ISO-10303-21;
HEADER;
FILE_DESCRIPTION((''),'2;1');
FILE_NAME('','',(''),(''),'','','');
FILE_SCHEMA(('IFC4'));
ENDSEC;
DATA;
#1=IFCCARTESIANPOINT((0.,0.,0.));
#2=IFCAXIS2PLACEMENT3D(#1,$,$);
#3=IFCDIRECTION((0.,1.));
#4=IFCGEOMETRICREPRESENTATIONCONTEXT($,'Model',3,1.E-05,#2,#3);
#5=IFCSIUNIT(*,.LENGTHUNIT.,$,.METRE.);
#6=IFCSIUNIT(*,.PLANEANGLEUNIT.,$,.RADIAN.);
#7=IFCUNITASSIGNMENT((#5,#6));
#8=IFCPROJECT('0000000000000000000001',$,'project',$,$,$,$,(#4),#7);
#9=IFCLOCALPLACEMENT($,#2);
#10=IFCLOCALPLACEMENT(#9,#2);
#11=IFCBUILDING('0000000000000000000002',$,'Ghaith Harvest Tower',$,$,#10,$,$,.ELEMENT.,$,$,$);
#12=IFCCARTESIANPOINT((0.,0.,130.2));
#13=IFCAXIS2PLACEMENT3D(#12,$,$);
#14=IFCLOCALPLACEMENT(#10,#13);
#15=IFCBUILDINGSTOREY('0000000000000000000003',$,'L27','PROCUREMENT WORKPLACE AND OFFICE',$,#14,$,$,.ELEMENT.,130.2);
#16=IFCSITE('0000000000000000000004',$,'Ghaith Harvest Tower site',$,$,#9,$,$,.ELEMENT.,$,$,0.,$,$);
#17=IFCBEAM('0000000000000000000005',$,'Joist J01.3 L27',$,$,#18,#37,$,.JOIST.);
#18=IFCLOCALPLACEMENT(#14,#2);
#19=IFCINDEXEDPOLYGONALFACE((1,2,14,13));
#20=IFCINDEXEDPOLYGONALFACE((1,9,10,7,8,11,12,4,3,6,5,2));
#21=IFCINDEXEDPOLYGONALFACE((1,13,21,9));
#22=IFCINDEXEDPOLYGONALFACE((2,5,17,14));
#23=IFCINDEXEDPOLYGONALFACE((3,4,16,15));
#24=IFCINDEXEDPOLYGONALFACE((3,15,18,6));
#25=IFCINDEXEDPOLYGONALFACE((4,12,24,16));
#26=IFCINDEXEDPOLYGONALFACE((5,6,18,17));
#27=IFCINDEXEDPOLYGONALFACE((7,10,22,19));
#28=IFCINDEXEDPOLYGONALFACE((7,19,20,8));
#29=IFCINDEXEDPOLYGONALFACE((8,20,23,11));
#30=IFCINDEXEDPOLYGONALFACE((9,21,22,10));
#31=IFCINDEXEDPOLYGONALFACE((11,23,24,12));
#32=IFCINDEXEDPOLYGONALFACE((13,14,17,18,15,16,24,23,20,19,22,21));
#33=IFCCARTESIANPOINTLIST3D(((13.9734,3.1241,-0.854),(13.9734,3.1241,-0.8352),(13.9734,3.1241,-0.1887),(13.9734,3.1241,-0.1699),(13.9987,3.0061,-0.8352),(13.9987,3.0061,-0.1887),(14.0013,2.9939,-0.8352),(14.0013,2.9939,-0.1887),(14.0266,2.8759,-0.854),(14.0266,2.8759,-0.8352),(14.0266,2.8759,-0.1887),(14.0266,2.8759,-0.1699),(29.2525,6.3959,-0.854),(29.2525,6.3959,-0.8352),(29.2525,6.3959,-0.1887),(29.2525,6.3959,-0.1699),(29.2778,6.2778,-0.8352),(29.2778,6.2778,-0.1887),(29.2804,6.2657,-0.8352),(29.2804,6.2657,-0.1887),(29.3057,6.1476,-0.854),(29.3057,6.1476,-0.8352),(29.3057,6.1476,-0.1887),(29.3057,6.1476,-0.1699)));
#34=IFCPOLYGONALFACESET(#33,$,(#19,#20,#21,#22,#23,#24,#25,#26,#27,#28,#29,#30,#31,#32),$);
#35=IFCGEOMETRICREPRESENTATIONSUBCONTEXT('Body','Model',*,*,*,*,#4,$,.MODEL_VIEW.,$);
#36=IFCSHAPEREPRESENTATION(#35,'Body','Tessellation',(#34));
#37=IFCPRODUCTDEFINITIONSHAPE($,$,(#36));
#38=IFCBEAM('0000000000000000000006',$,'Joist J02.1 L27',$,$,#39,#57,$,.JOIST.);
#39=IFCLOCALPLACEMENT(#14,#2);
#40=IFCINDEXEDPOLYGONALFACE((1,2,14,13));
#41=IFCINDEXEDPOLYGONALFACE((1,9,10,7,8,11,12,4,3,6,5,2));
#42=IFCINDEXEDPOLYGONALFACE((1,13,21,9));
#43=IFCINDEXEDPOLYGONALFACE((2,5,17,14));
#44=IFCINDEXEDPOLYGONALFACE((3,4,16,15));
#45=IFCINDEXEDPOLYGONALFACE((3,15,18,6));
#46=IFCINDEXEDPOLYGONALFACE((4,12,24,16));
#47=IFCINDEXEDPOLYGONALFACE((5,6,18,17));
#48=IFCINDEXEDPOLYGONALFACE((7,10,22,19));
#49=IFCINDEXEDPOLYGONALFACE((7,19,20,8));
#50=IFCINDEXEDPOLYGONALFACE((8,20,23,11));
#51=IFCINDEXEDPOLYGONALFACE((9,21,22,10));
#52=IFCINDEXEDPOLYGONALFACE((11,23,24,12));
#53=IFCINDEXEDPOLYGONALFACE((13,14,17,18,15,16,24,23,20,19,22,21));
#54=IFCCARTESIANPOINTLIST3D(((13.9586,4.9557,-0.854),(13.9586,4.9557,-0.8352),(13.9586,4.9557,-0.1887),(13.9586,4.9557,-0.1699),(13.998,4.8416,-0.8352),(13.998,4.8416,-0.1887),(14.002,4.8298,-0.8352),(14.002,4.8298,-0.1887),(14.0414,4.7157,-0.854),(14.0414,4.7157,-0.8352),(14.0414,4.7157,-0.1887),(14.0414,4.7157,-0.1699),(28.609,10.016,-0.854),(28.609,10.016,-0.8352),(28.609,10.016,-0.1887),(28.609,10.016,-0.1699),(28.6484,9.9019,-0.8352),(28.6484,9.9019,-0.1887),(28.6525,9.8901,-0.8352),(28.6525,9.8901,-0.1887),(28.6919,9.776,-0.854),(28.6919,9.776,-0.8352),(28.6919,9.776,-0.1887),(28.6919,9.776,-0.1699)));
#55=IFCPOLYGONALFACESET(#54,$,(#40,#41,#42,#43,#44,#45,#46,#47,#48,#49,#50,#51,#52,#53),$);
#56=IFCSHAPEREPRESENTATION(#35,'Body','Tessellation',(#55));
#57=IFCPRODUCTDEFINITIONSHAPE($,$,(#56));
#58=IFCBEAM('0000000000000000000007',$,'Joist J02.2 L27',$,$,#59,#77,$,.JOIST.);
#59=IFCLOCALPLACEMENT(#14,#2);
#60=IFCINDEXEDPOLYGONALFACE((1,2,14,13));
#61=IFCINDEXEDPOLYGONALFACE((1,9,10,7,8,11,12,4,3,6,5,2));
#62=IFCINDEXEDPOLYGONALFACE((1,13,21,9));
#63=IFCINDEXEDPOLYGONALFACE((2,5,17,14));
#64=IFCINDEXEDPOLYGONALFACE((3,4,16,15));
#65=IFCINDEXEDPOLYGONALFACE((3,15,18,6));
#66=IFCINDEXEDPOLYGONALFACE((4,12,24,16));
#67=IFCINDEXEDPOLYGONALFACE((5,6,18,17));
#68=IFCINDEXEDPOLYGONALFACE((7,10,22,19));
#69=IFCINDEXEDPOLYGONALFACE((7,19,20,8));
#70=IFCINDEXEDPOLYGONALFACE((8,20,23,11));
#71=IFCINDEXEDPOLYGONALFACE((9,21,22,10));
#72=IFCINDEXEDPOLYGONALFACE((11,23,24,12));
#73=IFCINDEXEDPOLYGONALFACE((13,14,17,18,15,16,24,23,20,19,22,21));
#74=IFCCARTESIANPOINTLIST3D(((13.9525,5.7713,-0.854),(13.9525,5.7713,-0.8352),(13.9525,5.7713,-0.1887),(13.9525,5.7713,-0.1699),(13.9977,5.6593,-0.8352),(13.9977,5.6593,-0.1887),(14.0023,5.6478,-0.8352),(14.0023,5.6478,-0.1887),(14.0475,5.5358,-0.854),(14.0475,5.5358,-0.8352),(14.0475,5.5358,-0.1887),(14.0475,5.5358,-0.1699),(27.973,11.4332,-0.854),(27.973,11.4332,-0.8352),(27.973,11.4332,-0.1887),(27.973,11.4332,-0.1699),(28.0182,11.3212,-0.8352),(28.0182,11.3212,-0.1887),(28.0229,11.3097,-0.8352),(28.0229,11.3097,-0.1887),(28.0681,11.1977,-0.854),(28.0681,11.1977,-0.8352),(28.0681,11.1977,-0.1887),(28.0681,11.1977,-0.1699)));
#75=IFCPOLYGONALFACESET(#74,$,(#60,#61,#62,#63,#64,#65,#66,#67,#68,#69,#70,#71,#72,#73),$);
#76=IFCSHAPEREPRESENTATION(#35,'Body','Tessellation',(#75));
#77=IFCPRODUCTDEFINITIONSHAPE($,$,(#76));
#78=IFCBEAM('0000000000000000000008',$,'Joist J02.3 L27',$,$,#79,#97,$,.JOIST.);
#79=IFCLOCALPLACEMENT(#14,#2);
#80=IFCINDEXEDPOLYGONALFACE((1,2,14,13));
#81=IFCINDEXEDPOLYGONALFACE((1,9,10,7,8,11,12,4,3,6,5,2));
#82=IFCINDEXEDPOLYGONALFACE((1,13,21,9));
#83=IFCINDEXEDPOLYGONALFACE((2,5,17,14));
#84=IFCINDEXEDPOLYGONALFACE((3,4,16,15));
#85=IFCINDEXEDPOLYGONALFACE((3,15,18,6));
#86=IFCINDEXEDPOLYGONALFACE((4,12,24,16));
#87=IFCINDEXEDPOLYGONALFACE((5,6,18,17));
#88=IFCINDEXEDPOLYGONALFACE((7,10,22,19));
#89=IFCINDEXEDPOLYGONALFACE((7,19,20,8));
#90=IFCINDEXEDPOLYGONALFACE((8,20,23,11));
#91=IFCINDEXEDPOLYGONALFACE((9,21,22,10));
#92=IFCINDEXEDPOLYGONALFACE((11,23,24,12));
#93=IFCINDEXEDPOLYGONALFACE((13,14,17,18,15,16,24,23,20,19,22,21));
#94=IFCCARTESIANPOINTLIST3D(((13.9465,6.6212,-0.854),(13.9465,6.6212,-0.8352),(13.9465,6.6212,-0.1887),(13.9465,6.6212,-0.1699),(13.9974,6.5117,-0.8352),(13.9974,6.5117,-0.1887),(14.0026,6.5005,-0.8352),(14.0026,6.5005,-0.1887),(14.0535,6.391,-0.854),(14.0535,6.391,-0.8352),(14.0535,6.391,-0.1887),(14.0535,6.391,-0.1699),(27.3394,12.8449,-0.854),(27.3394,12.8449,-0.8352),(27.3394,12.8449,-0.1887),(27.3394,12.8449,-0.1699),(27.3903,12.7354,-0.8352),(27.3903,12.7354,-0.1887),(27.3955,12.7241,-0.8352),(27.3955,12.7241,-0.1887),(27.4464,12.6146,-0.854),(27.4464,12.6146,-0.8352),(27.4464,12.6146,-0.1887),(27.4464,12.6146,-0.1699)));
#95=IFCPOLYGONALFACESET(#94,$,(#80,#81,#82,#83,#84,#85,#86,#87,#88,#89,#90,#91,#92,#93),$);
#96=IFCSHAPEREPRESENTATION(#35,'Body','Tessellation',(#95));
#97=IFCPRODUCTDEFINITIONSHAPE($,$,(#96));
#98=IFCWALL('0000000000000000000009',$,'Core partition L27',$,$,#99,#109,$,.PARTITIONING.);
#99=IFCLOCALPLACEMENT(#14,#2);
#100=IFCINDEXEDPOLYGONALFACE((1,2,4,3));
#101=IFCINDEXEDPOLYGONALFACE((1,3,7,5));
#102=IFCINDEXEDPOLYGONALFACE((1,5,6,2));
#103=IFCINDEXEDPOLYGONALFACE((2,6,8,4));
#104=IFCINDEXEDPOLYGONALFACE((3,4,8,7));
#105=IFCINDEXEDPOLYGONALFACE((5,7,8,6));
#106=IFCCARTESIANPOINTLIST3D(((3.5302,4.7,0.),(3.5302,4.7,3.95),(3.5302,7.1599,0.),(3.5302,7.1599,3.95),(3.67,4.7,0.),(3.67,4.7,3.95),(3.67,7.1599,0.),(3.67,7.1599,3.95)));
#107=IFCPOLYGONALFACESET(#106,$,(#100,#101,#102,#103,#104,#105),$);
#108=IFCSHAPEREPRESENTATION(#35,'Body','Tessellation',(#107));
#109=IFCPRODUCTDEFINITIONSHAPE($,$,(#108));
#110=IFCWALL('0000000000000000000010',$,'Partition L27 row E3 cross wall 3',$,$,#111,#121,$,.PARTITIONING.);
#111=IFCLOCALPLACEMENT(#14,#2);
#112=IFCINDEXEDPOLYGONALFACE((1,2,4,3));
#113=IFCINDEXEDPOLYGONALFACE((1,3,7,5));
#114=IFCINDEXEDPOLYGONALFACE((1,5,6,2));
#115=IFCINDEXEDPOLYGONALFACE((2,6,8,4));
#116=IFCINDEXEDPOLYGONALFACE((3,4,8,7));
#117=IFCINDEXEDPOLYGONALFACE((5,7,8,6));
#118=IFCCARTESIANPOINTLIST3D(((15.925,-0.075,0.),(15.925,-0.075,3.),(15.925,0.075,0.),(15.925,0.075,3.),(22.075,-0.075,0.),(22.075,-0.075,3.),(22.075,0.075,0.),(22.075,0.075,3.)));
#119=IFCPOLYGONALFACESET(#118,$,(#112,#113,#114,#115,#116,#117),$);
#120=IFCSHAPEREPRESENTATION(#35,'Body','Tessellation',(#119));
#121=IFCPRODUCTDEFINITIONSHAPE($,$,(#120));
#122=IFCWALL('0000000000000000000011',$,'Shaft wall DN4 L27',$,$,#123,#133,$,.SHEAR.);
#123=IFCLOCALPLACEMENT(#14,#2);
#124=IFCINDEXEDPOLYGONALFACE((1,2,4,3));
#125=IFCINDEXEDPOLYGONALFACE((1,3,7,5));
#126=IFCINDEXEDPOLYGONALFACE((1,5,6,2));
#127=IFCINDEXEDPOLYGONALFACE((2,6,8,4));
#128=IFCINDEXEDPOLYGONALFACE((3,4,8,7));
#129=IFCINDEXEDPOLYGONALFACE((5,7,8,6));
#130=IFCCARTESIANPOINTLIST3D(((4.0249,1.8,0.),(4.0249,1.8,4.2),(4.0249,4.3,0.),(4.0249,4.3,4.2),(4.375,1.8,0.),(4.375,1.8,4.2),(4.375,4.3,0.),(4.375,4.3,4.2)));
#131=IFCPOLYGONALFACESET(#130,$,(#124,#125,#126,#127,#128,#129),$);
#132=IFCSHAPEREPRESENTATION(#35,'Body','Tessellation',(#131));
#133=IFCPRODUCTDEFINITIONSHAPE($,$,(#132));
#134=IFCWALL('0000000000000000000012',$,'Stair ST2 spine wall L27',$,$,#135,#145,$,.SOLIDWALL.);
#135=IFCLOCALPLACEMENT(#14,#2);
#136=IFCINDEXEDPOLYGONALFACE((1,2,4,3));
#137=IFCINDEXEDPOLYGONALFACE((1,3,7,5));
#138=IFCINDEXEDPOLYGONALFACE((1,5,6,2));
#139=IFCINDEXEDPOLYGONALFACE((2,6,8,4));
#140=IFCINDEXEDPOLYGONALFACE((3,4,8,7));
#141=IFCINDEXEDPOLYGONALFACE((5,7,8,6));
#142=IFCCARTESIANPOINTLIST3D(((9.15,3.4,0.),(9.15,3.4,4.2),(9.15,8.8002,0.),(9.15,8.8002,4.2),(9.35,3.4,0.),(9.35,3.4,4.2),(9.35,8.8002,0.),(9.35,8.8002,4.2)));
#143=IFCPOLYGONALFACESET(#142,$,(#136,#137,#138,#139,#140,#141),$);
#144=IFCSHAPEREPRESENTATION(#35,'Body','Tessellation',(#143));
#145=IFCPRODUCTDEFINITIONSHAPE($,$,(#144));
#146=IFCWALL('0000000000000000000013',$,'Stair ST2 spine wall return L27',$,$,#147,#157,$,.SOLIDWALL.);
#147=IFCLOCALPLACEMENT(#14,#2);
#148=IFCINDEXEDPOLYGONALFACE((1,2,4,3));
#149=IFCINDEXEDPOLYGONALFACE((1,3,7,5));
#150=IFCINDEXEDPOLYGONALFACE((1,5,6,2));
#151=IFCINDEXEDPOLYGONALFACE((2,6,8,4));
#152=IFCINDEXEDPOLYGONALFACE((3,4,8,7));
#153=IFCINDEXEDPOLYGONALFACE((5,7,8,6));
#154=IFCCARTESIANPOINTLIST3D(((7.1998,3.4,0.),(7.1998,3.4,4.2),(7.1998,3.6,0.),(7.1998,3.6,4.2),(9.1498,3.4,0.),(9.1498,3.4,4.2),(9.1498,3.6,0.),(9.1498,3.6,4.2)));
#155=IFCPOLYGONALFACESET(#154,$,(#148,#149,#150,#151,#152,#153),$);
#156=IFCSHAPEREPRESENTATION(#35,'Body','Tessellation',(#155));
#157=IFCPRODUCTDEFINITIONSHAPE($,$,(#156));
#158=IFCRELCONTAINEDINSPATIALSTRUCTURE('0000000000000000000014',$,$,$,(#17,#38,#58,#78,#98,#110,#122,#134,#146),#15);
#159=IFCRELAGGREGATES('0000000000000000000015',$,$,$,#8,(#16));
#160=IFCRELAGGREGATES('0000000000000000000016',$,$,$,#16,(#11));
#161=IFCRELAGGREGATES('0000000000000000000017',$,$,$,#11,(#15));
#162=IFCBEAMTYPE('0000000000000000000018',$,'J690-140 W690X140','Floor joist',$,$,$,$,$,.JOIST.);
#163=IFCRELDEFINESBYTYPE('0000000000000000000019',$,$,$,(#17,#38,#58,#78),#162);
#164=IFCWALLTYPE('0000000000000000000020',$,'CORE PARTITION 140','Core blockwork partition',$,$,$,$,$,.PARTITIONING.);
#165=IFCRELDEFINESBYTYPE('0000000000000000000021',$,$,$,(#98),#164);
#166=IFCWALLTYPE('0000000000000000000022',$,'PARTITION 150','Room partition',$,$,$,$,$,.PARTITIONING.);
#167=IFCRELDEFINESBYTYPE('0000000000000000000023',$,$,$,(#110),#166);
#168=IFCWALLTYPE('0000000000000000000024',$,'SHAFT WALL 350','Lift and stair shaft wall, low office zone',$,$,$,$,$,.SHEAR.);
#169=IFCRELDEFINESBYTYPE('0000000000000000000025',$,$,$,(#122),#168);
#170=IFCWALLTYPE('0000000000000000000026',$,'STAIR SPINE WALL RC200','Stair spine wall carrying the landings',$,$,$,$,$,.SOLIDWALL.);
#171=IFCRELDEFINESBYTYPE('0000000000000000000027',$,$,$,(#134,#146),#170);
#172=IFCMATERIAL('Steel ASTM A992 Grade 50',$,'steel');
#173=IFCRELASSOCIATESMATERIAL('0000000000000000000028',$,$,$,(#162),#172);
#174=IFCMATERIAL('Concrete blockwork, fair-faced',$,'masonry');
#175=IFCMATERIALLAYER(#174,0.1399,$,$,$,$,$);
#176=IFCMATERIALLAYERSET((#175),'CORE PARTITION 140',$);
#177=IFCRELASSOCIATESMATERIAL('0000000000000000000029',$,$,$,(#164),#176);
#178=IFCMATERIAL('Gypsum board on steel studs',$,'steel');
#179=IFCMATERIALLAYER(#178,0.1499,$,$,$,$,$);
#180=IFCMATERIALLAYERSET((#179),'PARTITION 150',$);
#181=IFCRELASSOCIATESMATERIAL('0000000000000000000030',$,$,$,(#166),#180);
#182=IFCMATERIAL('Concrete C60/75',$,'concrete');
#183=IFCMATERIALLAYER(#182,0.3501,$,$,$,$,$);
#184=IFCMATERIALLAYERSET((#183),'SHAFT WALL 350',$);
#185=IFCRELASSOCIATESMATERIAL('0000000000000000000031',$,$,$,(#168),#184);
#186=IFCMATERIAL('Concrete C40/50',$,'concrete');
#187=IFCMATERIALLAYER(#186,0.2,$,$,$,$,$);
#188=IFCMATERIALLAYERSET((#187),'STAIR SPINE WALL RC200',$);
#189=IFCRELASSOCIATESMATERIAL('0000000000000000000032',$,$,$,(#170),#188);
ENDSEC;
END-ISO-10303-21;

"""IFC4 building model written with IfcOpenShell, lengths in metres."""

from ifc_helpers import new_model, si_unit, direction, frame, frame_2d, origin, origin_2d, place, context, subcontext, project, spatial, rectangle, i_section, extrude, material, layer, layer_set, material_profile, profile_set, type_object, element, save


model = new_model("IFC4")

# Units and contexts
model_context = context("Model", 3, precision=1e-05, world=origin(), true_north=direction((0.0, 1.0)))
body_context = subcontext(model_context, "Body", "Model", "MODEL_VIEW")
ifc_project = project(units=[si_unit("LENGTHUNIT", "METRE"), si_unit("PLANEANGLEUNIT", "RADIAN")], contexts=[model_context])

# Site, building, storey
site_placement = place(None, origin())
site = spatial("IfcSite", under=ifc_project, at=site_placement, Name="Ghaith Harvest Tower site", CompositionType="ELEMENT", RefElevation=0.0)
building_placement = place(site_placement, origin())
building = spatial("IfcBuilding", under=site, at=building_placement, Name="Ghaith Harvest Tower", CompositionType="ELEMENT")
storey_placement = place(building_placement, frame((0.0, 0.0, 130.2)))
storey = spatial("IfcBuildingStorey", under=building, at=storey_placement, Name="L27", Description="PROCUREMENT WORKPLACE AND OFFICE", CompositionType="ELEMENT", Elevation=130.2)

# Beams
ifc_material_1 = material(Name="Steel ASTM A992 Grade 50", Category="steel")
ifc_material_profile_1 = material_profile(ifc_material_1, i_section(OverallWidth=0.2539, OverallDepth=0.6841, WebThickness=0.0125, FlangeThickness=0.0188, at=origin_2d()), Name="W690X140")
ifc_profile_set_1 = profile_set([ifc_material_profile_1], Name="Steel ASTM A992 Grade 50")
beam_type_1 = type_object("IfcBeamType", Name="J690-140 W690X140", Description="Floor joist", PredefinedType="JOIST", material=ifc_profile_set_1)
beam_1_placement = place(storey_placement, frame((14.0, 3.0, -0.512), z_axis=(0.977833, 0.209385, 0.0), x_axis=(-0.209385, 0.977833, 0.0)))
element("IfcBeam", 1, at=beam_1_placement, inside=storey, type_object=beam_type_1, Name="Joist J01.3 L27", PredefinedType="JOIST", context=body_context, shape_type="SweptSolid", body=[
    extrude(i_section(OverallWidth=0.2539, OverallDepth=0.6841, WebThickness=0.0125, FlangeThickness=0.0188, at=origin_2d()), origin(), (0.0, 0.0, 1.0), 15.6255),
])
beam_2_placement = place(storey_placement, frame((14.0, 4.8357, -0.512), z_axis=(0.945205, 0.326478, 0.0), x_axis=(-0.326478, 0.945205, 0.0)))
element("IfcBeam", 2, at=beam_2_placement, inside=storey, type_object=beam_type_1, Name="Joist J02.1 L27", PredefinedType="JOIST", context=body_context, shape_type="SweptSolid", body=[
    extrude(i_section(OverallWidth=0.2539, OverallDepth=0.6841, WebThickness=0.0125, FlangeThickness=0.0188, at=origin_2d()), origin(), (0.0, 0.0, 1.0), 15.4998),
])
beam_3_placement = place(storey_placement, frame((14.0, 5.6536, -0.512), z_axis=(0.927248, 0.374448, 0.0), x_axis=(-0.374448, 0.927248, 0.0)))
element("IfcBeam", 3, at=beam_3_placement, inside=storey, type_object=beam_type_1, Name="Joist J02.2 L27", PredefinedType="JOIST", context=body_context, shape_type="SweptSolid", body=[
    extrude(i_section(OverallWidth=0.2539, OverallDepth=0.6841, WebThickness=0.0125, FlangeThickness=0.0188, at=origin_2d()), origin(), (0.0, 0.0, 1.0), 15.1206),
])
beam_4_placement = place(storey_placement, frame((14.0, 6.5061, -0.512), z_axis=(0.906866, 0.42142, 0.0), x_axis=(-0.42142, 0.906866, 0.0)))
element("IfcBeam", 4, at=beam_4_placement, inside=storey, type_object=beam_type_1, Name="Joist J02.3 L27", PredefinedType="JOIST", context=body_context, shape_type="SweptSolid", body=[
    extrude(i_section(OverallWidth=0.2539, OverallDepth=0.6841, WebThickness=0.0125, FlangeThickness=0.0188, at=origin_2d()), origin(), (0.0, 0.0, 1.0), 14.7683),
])

# Wall
ifc_material_2 = material(Name="Concrete blockwork, fair-faced", Category="masonry")
ifc_layer_1 = layer(ifc_material_2, 0.1399)
ifc_layer_set_1 = layer_set([ifc_layer_1], Name="CORE PARTITION 140")
wall_type_1 = type_object("IfcWallType", Name="CORE PARTITION 140", Description="Core blockwork partition", PredefinedType="PARTITIONING", material=ifc_layer_set_1)
wall_1_placement = place(storey_placement, frame((3.6001, 4.7, 0.0), z_axis=(0.0, 0.0, 1.0), x_axis=(0.0, 1.0, 0.0)))
element("IfcWall", 5, at=wall_1_placement, inside=storey, type_object=wall_type_1, Name="Core partition L27", PredefinedType="PARTITIONING", context=body_context, shape_type="SweptSolid", body=[
    extrude(rectangle(XDim=2.46, YDim=0.1399, at=frame_2d((1.23, 0.0))), origin(), (0.0, 0.0, 1.0), 3.95),
])

# Wall
ifc_material_3 = material(Name="Gypsum board on steel studs", Category="steel")
ifc_layer_2 = layer(ifc_material_3, 0.1499)
ifc_layer_set_2 = layer_set([ifc_layer_2], Name="PARTITION 150")
wall_type_2 = type_object("IfcWallType", Name="PARTITION 150", Description="Room partition", PredefinedType="PARTITIONING", material=ifc_layer_set_2)
wall_2_placement = place(storey_placement, frame((15.925, 0.0, 0.0), z_axis=(0.0, 0.0, 1.0), x_axis=(1.0, 0.0, 0.0)))
element("IfcWall", 6, at=wall_2_placement, inside=storey, type_object=wall_type_2, Name="Partition L27 row E3 cross wall 3", PredefinedType="PARTITIONING", context=body_context, shape_type="SweptSolid", body=[
    extrude(rectangle(XDim=6.1499, YDim=0.1499, at=frame_2d((3.075, 0.0))), origin(), (0.0, 0.0, 1.0), 3.0),
])

# Shared definitions
ifc_material_4 = material(Name="Concrete C60/75", Category="concrete")
ifc_layer_3 = layer(ifc_material_4, 0.3501)
ifc_layer_set_3 = layer_set([ifc_layer_3], Name="SHAFT WALL 350")
wall_type_3 = type_object("IfcWallType", Name="SHAFT WALL 350", Description="Lift and stair shaft wall, low office zone", PredefinedType="SHEAR", material=ifc_layer_set_3)

# Walls
wall_3_placement = place(storey_placement, frame((4.2, 1.8, 0.0), z_axis=(0.0, 0.0, 1.0), x_axis=(0.0, 1.0, 0.0)))
element("IfcWall", 7, at=wall_3_placement, inside=storey, type_object=wall_type_3, Name="Shaft wall DN4 L27", PredefinedType="SHEAR", context=body_context, shape_type="SweptSolid", body=[
    extrude(rectangle(XDim=2.5, YDim=0.3501, at=frame_2d((1.25, 0.0))), origin(), (0.0, 0.0, 1.0), 4.2),
])
ifc_material_5 = material(Name="Concrete C40/50", Category="concrete")
ifc_layer_4 = layer(ifc_material_5, 0.2)
ifc_layer_set_4 = layer_set([ifc_layer_4], Name="STAIR SPINE WALL RC200")
wall_type_4 = type_object("IfcWallType", Name="STAIR SPINE WALL RC200", Description="Stair spine wall carrying the landings", PredefinedType="SOLIDWALL", material=ifc_layer_set_4)
wall_4_placement = place(storey_placement, frame((9.25, 3.3999, 0.0), z_axis=(0.0, 0.0, 1.0), x_axis=(0.0, 1.0, 0.0)))
element("IfcWall", 8, at=wall_4_placement, inside=storey, type_object=wall_type_4, Name="Stair ST2 spine wall L27", PredefinedType="SOLIDWALL", context=body_context, shape_type="SweptSolid", body=[
    extrude(rectangle(XDim=5.4001, YDim=0.2, at=frame_2d((2.7002, 0.0))), origin(), (0.0, 0.0, 1.0), 4.2),
])
wall_5_placement = place(storey_placement, frame((9.1499, 3.5, 0.0), z_axis=(0.0, 0.0, 1.0), x_axis=(-1.0, 0.0, 0.0)))
element("IfcWall", 9, at=wall_5_placement, inside=storey, type_object=wall_type_4, Name="Stair ST2 spine wall return L27", PredefinedType="SOLIDWALL", context=body_context, shape_type="SweptSolid", body=[
    extrude(rectangle(XDim=1.95, YDim=0.2, at=frame_2d((0.9751, 0.0))), origin(), (0.0, 0.0, 1.0), 4.2),
])

save(model, "model.ifc")
